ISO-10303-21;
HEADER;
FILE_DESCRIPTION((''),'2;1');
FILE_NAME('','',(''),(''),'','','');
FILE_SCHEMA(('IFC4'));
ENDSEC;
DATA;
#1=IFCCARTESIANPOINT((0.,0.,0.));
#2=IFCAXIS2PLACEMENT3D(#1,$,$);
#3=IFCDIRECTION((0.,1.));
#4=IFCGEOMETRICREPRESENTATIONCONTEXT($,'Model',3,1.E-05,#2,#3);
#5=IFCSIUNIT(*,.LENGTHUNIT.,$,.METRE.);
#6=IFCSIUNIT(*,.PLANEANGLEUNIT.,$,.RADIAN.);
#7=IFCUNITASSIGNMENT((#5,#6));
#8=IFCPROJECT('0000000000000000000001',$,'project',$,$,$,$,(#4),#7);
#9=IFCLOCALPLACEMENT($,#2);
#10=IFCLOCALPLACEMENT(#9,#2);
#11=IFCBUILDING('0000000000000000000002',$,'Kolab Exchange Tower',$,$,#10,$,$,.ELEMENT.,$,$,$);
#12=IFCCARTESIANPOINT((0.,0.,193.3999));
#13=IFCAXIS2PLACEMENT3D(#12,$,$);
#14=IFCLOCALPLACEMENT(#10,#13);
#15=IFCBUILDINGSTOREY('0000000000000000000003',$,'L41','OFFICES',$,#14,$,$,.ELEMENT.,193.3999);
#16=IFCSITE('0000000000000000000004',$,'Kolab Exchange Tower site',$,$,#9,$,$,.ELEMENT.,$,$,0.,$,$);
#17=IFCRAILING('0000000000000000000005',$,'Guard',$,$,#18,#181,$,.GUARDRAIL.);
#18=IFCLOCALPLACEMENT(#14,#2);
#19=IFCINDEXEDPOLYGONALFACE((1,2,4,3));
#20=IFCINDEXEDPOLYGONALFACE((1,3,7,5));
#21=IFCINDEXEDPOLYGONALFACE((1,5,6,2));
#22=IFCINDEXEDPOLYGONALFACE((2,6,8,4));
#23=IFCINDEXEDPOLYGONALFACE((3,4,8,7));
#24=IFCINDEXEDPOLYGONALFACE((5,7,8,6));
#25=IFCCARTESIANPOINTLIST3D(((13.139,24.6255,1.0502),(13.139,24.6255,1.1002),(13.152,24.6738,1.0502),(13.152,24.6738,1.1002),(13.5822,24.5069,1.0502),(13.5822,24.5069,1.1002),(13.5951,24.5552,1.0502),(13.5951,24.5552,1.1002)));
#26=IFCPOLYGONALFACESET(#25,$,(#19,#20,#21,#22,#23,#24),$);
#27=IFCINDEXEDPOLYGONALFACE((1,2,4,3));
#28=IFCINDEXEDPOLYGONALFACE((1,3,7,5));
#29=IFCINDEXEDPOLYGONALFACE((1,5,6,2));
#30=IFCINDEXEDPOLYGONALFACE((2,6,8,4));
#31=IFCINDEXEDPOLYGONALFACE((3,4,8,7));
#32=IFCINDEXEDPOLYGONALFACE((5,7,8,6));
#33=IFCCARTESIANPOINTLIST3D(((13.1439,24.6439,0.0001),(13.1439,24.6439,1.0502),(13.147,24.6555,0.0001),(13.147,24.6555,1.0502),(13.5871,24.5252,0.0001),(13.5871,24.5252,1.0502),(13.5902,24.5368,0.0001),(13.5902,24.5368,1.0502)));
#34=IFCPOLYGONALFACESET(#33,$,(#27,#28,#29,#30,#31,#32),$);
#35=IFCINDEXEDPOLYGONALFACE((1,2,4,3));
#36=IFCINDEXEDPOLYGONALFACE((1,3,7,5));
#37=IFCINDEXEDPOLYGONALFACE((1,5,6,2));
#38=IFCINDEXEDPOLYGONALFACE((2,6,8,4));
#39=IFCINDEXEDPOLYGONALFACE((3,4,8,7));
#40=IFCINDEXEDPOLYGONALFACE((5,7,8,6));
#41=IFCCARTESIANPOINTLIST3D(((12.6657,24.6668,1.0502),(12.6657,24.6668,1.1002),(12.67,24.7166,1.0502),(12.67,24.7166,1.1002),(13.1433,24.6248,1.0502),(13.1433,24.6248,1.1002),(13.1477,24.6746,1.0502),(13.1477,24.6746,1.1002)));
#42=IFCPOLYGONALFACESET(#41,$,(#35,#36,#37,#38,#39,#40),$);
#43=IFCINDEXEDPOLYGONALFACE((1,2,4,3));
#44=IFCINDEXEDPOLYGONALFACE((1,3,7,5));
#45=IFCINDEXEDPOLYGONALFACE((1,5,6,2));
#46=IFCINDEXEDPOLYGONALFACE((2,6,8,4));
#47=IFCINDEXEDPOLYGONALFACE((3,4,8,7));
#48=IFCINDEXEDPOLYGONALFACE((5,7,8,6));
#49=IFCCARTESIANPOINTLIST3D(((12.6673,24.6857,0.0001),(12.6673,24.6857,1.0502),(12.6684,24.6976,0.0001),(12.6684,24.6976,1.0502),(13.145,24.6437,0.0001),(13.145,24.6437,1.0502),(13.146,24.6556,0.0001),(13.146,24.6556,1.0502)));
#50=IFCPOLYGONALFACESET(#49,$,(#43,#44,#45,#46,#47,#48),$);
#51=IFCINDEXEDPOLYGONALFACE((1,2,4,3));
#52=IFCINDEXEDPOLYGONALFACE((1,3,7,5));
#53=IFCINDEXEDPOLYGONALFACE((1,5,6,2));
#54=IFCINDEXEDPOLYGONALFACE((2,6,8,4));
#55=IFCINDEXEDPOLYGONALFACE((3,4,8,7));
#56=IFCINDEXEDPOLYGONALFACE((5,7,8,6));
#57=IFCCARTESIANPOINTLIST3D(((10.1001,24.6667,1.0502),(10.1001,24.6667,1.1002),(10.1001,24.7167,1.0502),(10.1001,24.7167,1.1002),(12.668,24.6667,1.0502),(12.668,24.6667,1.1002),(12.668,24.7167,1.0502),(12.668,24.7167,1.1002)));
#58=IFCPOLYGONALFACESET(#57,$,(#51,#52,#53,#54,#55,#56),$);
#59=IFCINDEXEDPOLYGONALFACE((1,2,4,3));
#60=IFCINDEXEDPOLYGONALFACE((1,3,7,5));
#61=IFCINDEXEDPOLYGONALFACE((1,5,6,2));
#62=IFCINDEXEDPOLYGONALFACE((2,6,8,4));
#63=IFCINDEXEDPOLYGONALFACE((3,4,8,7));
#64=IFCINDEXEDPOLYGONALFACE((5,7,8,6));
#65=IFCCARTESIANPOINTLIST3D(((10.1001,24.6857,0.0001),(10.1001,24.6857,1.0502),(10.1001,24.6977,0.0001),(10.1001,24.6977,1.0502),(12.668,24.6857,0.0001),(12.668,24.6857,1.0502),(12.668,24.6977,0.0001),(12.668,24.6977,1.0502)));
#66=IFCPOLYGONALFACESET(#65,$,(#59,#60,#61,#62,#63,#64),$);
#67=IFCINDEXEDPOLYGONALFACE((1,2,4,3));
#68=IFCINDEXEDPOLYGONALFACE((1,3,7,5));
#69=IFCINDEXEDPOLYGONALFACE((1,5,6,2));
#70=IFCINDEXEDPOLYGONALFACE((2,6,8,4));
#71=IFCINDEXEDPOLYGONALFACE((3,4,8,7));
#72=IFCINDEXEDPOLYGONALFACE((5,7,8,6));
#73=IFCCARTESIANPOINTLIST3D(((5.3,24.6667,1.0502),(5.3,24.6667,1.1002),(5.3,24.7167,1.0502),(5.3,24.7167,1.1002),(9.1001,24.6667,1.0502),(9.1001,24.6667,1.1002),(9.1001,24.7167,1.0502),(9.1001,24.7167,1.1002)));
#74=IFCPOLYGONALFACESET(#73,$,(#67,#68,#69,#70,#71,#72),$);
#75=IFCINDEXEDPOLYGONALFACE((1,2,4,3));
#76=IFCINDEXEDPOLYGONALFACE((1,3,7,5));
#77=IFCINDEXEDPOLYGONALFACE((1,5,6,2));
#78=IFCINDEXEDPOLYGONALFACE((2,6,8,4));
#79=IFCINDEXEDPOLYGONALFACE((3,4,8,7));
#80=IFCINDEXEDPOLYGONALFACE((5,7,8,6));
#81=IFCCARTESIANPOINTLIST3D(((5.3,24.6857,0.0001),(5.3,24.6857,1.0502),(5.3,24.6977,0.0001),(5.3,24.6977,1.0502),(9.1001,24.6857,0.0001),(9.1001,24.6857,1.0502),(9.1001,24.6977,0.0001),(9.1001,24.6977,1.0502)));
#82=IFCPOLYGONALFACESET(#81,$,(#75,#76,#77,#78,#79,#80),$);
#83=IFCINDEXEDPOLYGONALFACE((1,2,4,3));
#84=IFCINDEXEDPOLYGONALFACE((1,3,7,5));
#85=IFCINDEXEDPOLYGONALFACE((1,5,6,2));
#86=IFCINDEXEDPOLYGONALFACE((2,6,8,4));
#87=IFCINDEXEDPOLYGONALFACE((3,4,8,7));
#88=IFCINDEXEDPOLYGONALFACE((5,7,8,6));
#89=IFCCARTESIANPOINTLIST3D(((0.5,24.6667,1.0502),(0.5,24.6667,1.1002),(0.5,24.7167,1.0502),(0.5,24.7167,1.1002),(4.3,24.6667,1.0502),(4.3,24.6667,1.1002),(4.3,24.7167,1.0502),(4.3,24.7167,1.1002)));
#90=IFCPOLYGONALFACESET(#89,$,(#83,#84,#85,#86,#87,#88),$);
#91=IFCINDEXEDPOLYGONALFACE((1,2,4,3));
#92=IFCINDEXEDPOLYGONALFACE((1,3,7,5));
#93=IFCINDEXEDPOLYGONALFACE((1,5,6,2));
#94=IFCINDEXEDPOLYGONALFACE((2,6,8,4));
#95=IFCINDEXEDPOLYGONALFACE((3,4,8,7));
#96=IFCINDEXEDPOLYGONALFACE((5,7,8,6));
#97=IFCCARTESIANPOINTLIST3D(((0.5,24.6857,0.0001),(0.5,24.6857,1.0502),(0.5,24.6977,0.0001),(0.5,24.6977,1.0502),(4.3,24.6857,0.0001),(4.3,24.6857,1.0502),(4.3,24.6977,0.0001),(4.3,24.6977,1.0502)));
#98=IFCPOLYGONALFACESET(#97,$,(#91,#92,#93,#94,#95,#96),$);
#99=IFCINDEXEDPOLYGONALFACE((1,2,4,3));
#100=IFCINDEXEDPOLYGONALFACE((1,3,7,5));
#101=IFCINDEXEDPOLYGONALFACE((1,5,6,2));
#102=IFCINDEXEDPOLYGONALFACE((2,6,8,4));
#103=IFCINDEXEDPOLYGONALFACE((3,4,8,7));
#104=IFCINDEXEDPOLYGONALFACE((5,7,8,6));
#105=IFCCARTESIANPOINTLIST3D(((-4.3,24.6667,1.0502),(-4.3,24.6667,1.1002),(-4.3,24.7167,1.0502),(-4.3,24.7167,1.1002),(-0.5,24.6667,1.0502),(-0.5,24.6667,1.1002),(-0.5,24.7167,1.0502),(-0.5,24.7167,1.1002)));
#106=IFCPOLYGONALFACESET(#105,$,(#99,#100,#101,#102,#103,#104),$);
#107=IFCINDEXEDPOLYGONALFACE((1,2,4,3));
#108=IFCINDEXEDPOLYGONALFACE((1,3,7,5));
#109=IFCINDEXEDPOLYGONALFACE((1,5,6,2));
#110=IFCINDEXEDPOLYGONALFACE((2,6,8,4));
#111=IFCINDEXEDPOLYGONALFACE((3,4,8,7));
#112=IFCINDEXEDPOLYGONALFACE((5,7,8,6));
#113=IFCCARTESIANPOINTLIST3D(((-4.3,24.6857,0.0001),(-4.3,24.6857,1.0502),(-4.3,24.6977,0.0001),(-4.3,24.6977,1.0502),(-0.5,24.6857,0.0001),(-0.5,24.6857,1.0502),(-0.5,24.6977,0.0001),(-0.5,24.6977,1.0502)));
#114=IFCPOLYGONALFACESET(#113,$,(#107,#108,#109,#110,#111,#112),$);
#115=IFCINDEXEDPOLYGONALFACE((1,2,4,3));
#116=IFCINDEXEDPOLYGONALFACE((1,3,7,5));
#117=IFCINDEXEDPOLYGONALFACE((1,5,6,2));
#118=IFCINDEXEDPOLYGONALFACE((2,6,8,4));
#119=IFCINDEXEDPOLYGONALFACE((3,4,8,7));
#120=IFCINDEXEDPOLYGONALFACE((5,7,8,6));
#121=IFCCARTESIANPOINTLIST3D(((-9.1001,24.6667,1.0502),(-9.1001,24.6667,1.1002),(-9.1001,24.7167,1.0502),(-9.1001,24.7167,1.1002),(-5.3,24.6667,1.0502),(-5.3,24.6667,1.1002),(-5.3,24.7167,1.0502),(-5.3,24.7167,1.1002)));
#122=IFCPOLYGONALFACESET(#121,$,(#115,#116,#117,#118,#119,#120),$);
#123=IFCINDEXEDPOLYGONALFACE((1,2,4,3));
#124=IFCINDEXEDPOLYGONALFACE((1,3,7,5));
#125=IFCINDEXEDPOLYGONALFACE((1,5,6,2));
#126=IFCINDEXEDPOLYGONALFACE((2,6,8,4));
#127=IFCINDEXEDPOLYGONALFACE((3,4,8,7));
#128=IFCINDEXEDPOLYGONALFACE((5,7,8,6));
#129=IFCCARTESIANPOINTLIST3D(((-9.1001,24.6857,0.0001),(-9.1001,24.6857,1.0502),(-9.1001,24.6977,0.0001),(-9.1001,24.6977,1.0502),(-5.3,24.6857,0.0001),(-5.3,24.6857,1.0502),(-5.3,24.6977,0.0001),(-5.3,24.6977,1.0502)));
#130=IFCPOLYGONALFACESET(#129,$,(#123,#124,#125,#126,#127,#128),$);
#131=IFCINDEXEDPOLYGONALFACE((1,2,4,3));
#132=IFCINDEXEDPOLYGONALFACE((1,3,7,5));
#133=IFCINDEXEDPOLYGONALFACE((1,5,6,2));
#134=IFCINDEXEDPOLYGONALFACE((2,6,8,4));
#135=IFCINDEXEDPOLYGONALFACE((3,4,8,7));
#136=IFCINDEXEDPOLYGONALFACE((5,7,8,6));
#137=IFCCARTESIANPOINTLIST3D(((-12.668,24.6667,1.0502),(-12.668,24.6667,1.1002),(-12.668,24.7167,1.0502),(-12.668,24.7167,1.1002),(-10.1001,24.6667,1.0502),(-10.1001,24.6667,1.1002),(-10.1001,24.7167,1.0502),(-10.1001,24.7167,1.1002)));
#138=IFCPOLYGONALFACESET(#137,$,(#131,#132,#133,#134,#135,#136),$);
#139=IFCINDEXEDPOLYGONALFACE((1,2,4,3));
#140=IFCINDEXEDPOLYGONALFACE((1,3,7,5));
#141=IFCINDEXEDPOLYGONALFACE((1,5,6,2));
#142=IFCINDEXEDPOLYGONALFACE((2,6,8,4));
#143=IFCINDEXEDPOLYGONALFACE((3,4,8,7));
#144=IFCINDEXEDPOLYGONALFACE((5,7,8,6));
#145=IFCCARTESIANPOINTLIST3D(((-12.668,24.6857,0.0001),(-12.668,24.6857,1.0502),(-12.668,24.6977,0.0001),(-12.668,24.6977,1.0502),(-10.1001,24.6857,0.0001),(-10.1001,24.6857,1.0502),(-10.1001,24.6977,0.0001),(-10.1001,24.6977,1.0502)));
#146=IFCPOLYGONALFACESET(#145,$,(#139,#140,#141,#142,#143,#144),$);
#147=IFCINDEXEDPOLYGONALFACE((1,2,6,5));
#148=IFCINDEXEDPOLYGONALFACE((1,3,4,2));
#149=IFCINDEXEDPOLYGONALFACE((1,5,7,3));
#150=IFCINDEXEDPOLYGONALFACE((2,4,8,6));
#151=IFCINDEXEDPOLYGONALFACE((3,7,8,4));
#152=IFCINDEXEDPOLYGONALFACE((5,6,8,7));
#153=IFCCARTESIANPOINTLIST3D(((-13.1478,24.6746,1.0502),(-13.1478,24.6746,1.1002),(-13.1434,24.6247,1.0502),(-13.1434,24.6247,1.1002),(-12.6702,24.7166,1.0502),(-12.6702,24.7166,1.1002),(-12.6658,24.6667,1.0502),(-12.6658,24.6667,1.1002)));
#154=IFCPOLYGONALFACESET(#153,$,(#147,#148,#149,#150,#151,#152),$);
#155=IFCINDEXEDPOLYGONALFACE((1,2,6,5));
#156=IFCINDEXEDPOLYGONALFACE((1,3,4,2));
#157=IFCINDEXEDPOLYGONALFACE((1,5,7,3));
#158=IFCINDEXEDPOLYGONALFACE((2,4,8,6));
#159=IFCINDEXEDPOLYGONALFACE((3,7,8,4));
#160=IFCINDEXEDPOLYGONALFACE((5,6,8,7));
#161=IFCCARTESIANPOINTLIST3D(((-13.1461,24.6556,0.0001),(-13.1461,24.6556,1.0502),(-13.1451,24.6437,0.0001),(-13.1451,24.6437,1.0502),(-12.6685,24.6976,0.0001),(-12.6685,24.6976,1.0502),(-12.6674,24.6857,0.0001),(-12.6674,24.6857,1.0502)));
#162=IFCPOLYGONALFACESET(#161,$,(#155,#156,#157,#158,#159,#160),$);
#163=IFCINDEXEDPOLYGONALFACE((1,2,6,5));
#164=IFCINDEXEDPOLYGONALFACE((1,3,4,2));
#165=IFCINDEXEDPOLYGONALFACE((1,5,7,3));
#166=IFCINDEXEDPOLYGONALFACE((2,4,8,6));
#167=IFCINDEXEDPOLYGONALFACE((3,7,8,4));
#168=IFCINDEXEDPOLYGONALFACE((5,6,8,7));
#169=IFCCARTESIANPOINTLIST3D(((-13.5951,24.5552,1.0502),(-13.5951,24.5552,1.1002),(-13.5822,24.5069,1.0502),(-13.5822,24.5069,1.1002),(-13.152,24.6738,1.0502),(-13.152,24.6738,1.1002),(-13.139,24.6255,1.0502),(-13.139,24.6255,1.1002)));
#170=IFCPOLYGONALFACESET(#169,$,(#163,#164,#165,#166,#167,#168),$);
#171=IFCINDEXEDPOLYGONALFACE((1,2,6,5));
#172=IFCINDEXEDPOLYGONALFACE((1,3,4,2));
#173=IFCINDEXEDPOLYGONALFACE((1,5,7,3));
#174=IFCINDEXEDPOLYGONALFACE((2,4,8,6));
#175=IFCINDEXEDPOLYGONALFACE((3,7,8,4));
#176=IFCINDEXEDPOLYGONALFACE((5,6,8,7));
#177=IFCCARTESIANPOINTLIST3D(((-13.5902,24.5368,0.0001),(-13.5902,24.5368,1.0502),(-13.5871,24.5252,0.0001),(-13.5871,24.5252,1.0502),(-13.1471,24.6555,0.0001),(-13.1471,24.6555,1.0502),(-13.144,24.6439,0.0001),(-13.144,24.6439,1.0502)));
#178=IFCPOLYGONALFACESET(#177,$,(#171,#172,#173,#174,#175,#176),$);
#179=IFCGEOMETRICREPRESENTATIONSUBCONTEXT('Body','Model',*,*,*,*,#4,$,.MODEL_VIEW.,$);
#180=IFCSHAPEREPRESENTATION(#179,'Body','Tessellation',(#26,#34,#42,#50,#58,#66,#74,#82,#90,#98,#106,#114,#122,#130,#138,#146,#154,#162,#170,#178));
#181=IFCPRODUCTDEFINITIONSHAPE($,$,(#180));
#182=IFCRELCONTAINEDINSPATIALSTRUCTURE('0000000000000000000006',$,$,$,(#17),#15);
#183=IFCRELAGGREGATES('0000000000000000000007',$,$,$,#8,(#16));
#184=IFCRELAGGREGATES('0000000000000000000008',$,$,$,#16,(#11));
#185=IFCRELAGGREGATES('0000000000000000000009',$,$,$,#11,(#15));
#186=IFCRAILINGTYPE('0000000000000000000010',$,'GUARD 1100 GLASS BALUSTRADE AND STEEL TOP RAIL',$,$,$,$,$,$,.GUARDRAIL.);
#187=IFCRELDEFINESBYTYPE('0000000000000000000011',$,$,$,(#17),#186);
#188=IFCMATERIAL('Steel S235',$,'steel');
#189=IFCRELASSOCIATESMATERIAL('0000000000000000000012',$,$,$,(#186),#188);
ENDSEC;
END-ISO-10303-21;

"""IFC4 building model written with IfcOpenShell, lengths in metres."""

from ifc_helpers import new_model, si_unit, direction, frame, frame_2d, origin, origin_2d, place, context, subcontext, project, spatial, rectangle, extrude, material, type_object, element, save


model = new_model("IFC4")

# Units and contexts
model_context = context("Model", 3, precision=1e-05, world=origin(), true_north=direction((0.0, 1.0)))
body_context = subcontext(model_context, "Body", "Model", "MODEL_VIEW")
ifc_project = project(units=[si_unit("LENGTHUNIT", "METRE"), si_unit("PLANEANGLEUNIT", "RADIAN")], contexts=[model_context])

# Site, building, storey
site_placement = place(None, origin())
site = spatial("IfcSite", under=ifc_project, at=site_placement, Name="Kolab Exchange Tower site", CompositionType="ELEMENT", RefElevation=0.0)
building_placement = place(site_placement, origin())
building = spatial("IfcBuilding", under=site, at=building_placement, Name="Kolab Exchange Tower", CompositionType="ELEMENT")
storey_placement = place(building_placement, frame((0.0, 0.0, 193.3999)))
storey = spatial("IfcBuildingStorey", under=building, at=storey_placement, Name="L41", Description="OFFICES", CompositionType="ELEMENT", Elevation=193.3999)

# Railing
ifc_material_1 = material(Name="Steel S235", Category="steel")
railing_type = type_object("IfcRailingType", Name="GUARD 1100 GLASS BALUSTRADE AND STEEL TOP RAIL", PredefinedType="GUARDRAIL", material=ifc_material_1)
railing_placement = place(storey_placement, frame((13.5886, 24.531, 0.0)))
element("IfcRailing", 1, at=railing_placement, inside=storey, type_object=railing_type, Name="Guard", PredefinedType="GUARDRAIL", context=body_context, shape_type="SweptSolid", body=[
    extrude(rectangle(XDim=0.05, YDim=0.05, at=origin_2d()), frame((0.0, 0.0, 1.0752), z_axis=(-0.965969, 0.258656, 0.0), x_axis=(-0.258656, -0.965969, 0.0)), (0.0, 0.0, 1.0), 0.4587),
    extrude(rectangle(XDim=0.012, YDim=1.0501, at=frame_2d((0.0, 0.5251))), frame((0.0, 0.0, 0.0), z_axis=(-0.965969, 0.258656, 0.0), x_axis=(-0.258656, -0.965969, 0.0)), (0.0, 0.0, 1.0), 0.4587),
    extrude(rectangle(XDim=0.05, YDim=0.05, at=origin_2d()), frame((-0.4431, 0.1187, 1.0752), z_axis=(-0.996156, 0.087597, 0.0), x_axis=(-0.087597, -0.996156, 0.0)), (0.0, 0.0, 1.0), 0.4795),
    extrude(rectangle(XDim=0.012, YDim=1.0501, at=frame_2d((0.0, 0.5251))), frame((-0.4431, 0.1187, 0.0), z_axis=(-0.996156, 0.087597, 0.0), x_axis=(-0.087597, -0.996156, 0.0)), (0.0, 0.0, 1.0), 0.4795),
    extrude(rectangle(XDim=0.05, YDim=0.05, at=origin_2d()), frame((-0.9207, 0.1606, 1.0752), z_axis=(-1.0, 0.0, 0.0), x_axis=(0.0, -1.0, 0.0)), (0.0, 0.0, 1.0), 2.5679),
    extrude(rectangle(XDim=0.012, YDim=1.0501, at=frame_2d((0.0, 0.5251))), frame((-0.9207, 0.1606, 0.0), z_axis=(-1.0, 0.0, 0.0), x_axis=(0.0, -1.0, 0.0)), (0.0, 0.0, 1.0), 2.5679),
    extrude(rectangle(XDim=0.05, YDim=0.05, at=origin_2d()), frame((-4.4885, 0.1606, 1.0752), z_axis=(-1.0, 0.0, 0.0), x_axis=(0.0, -1.0, 0.0)), (0.0, 0.0, 1.0), 3.8),
    extrude(rectangle(XDim=0.012, YDim=1.0501, at=frame_2d((0.0, 0.5251))), frame((-4.4885, 0.1606, 0.0), z_axis=(-1.0, 0.0, 0.0), x_axis=(0.0, -1.0, 0.0)), (0.0, 0.0, 1.0), 3.8),
    extrude(rectangle(XDim=0.05, YDim=0.05, at=origin_2d()), frame((-9.2886, 0.1606, 1.0752), z_axis=(-1.0, 0.0, 0.0), x_axis=(0.0, -1.0, 0.0)), (0.0, 0.0, 1.0), 3.8),
    extrude(rectangle(XDim=0.012, YDim=1.0501, at=frame_2d((0.0, 0.5251))), frame((-9.2886, 0.1606, 0.0), z_axis=(-1.0, 0.0, 0.0), x_axis=(0.0, -1.0, 0.0)), (0.0, 0.0, 1.0), 3.8),
    extrude(rectangle(XDim=0.05, YDim=0.05, at=origin_2d()), frame((-14.0886, 0.1606, 1.0752), z_axis=(-1.0, 0.0, 0.0), x_axis=(0.0, -1.0, 0.0)), (0.0, 0.0, 1.0), 3.8),
    extrude(rectangle(XDim=0.012, YDim=1.0501, at=frame_2d((0.0, 0.5251))), frame((-14.0886, 0.1606, 0.0), z_axis=(-1.0, 0.0, 0.0), x_axis=(0.0, -1.0, 0.0)), (0.0, 0.0, 1.0), 3.8),
    extrude(rectangle(XDim=0.05, YDim=0.05, at=origin_2d()), frame((-18.8887, 0.1606, 1.0752), z_axis=(-1.0, 0.0, 0.0), x_axis=(0.0, -1.0, 0.0)), (0.0, 0.0, 1.0), 3.8),
    extrude(rectangle(XDim=0.012, YDim=1.0501, at=frame_2d((0.0, 0.5251))), frame((-18.8887, 0.1606, 0.0), z_axis=(-1.0, 0.0, 0.0), x_axis=(0.0, -1.0, 0.0)), (0.0, 0.0, 1.0), 3.8),
    extrude(rectangle(XDim=0.05, YDim=0.05, at=origin_2d()), frame((-23.6887, 0.1606, 1.0752), z_axis=(-1.0, 0.0, 0.0), x_axis=(0.0, -1.0, 0.0)), (0.0, 0.0, 1.0), 2.5679),
    extrude(rectangle(XDim=0.012, YDim=1.0501, at=frame_2d((0.0, 0.5251))), frame((-23.6887, 0.1606, 0.0), z_axis=(-1.0, 0.0, 0.0), x_axis=(0.0, -1.0, 0.0)), (0.0, 0.0, 1.0), 2.5679),
    extrude(rectangle(XDim=0.05, YDim=0.05, at=origin_2d()), frame((-26.2566, 0.1606, 1.0752), z_axis=(-0.996156, -0.087597, 0.0), x_axis=(0.087597, -0.996156, 0.0)), (0.0, 0.0, 1.0), 0.4795),
    extrude(rectangle(XDim=0.012, YDim=1.0501, at=frame_2d((0.0, 0.5251))), frame((-26.2566, 0.1606, 0.0), z_axis=(-0.996156, -0.087597, 0.0), x_axis=(0.087597, -0.996156, 0.0)), (0.0, 0.0, 1.0), 0.4795),
    extrude(rectangle(XDim=0.05, YDim=0.05, at=origin_2d()), frame((-26.7341, 0.1187, 1.0752), z_axis=(-0.965969, -0.258656, 0.0), x_axis=(0.258656, -0.965969, 0.0)), (0.0, 0.0, 1.0), 0.4587),
    extrude(rectangle(XDim=0.012, YDim=1.0501, at=frame_2d((0.0, 0.5251))), frame((-26.7341, 0.1187, 0.0), z_axis=(-0.965969, -0.258656, 0.0), x_axis=(0.258656, -0.965969, 0.0)), (0.0, 0.0, 1.0), 0.4587),
])

save(model, "model.ifc")
